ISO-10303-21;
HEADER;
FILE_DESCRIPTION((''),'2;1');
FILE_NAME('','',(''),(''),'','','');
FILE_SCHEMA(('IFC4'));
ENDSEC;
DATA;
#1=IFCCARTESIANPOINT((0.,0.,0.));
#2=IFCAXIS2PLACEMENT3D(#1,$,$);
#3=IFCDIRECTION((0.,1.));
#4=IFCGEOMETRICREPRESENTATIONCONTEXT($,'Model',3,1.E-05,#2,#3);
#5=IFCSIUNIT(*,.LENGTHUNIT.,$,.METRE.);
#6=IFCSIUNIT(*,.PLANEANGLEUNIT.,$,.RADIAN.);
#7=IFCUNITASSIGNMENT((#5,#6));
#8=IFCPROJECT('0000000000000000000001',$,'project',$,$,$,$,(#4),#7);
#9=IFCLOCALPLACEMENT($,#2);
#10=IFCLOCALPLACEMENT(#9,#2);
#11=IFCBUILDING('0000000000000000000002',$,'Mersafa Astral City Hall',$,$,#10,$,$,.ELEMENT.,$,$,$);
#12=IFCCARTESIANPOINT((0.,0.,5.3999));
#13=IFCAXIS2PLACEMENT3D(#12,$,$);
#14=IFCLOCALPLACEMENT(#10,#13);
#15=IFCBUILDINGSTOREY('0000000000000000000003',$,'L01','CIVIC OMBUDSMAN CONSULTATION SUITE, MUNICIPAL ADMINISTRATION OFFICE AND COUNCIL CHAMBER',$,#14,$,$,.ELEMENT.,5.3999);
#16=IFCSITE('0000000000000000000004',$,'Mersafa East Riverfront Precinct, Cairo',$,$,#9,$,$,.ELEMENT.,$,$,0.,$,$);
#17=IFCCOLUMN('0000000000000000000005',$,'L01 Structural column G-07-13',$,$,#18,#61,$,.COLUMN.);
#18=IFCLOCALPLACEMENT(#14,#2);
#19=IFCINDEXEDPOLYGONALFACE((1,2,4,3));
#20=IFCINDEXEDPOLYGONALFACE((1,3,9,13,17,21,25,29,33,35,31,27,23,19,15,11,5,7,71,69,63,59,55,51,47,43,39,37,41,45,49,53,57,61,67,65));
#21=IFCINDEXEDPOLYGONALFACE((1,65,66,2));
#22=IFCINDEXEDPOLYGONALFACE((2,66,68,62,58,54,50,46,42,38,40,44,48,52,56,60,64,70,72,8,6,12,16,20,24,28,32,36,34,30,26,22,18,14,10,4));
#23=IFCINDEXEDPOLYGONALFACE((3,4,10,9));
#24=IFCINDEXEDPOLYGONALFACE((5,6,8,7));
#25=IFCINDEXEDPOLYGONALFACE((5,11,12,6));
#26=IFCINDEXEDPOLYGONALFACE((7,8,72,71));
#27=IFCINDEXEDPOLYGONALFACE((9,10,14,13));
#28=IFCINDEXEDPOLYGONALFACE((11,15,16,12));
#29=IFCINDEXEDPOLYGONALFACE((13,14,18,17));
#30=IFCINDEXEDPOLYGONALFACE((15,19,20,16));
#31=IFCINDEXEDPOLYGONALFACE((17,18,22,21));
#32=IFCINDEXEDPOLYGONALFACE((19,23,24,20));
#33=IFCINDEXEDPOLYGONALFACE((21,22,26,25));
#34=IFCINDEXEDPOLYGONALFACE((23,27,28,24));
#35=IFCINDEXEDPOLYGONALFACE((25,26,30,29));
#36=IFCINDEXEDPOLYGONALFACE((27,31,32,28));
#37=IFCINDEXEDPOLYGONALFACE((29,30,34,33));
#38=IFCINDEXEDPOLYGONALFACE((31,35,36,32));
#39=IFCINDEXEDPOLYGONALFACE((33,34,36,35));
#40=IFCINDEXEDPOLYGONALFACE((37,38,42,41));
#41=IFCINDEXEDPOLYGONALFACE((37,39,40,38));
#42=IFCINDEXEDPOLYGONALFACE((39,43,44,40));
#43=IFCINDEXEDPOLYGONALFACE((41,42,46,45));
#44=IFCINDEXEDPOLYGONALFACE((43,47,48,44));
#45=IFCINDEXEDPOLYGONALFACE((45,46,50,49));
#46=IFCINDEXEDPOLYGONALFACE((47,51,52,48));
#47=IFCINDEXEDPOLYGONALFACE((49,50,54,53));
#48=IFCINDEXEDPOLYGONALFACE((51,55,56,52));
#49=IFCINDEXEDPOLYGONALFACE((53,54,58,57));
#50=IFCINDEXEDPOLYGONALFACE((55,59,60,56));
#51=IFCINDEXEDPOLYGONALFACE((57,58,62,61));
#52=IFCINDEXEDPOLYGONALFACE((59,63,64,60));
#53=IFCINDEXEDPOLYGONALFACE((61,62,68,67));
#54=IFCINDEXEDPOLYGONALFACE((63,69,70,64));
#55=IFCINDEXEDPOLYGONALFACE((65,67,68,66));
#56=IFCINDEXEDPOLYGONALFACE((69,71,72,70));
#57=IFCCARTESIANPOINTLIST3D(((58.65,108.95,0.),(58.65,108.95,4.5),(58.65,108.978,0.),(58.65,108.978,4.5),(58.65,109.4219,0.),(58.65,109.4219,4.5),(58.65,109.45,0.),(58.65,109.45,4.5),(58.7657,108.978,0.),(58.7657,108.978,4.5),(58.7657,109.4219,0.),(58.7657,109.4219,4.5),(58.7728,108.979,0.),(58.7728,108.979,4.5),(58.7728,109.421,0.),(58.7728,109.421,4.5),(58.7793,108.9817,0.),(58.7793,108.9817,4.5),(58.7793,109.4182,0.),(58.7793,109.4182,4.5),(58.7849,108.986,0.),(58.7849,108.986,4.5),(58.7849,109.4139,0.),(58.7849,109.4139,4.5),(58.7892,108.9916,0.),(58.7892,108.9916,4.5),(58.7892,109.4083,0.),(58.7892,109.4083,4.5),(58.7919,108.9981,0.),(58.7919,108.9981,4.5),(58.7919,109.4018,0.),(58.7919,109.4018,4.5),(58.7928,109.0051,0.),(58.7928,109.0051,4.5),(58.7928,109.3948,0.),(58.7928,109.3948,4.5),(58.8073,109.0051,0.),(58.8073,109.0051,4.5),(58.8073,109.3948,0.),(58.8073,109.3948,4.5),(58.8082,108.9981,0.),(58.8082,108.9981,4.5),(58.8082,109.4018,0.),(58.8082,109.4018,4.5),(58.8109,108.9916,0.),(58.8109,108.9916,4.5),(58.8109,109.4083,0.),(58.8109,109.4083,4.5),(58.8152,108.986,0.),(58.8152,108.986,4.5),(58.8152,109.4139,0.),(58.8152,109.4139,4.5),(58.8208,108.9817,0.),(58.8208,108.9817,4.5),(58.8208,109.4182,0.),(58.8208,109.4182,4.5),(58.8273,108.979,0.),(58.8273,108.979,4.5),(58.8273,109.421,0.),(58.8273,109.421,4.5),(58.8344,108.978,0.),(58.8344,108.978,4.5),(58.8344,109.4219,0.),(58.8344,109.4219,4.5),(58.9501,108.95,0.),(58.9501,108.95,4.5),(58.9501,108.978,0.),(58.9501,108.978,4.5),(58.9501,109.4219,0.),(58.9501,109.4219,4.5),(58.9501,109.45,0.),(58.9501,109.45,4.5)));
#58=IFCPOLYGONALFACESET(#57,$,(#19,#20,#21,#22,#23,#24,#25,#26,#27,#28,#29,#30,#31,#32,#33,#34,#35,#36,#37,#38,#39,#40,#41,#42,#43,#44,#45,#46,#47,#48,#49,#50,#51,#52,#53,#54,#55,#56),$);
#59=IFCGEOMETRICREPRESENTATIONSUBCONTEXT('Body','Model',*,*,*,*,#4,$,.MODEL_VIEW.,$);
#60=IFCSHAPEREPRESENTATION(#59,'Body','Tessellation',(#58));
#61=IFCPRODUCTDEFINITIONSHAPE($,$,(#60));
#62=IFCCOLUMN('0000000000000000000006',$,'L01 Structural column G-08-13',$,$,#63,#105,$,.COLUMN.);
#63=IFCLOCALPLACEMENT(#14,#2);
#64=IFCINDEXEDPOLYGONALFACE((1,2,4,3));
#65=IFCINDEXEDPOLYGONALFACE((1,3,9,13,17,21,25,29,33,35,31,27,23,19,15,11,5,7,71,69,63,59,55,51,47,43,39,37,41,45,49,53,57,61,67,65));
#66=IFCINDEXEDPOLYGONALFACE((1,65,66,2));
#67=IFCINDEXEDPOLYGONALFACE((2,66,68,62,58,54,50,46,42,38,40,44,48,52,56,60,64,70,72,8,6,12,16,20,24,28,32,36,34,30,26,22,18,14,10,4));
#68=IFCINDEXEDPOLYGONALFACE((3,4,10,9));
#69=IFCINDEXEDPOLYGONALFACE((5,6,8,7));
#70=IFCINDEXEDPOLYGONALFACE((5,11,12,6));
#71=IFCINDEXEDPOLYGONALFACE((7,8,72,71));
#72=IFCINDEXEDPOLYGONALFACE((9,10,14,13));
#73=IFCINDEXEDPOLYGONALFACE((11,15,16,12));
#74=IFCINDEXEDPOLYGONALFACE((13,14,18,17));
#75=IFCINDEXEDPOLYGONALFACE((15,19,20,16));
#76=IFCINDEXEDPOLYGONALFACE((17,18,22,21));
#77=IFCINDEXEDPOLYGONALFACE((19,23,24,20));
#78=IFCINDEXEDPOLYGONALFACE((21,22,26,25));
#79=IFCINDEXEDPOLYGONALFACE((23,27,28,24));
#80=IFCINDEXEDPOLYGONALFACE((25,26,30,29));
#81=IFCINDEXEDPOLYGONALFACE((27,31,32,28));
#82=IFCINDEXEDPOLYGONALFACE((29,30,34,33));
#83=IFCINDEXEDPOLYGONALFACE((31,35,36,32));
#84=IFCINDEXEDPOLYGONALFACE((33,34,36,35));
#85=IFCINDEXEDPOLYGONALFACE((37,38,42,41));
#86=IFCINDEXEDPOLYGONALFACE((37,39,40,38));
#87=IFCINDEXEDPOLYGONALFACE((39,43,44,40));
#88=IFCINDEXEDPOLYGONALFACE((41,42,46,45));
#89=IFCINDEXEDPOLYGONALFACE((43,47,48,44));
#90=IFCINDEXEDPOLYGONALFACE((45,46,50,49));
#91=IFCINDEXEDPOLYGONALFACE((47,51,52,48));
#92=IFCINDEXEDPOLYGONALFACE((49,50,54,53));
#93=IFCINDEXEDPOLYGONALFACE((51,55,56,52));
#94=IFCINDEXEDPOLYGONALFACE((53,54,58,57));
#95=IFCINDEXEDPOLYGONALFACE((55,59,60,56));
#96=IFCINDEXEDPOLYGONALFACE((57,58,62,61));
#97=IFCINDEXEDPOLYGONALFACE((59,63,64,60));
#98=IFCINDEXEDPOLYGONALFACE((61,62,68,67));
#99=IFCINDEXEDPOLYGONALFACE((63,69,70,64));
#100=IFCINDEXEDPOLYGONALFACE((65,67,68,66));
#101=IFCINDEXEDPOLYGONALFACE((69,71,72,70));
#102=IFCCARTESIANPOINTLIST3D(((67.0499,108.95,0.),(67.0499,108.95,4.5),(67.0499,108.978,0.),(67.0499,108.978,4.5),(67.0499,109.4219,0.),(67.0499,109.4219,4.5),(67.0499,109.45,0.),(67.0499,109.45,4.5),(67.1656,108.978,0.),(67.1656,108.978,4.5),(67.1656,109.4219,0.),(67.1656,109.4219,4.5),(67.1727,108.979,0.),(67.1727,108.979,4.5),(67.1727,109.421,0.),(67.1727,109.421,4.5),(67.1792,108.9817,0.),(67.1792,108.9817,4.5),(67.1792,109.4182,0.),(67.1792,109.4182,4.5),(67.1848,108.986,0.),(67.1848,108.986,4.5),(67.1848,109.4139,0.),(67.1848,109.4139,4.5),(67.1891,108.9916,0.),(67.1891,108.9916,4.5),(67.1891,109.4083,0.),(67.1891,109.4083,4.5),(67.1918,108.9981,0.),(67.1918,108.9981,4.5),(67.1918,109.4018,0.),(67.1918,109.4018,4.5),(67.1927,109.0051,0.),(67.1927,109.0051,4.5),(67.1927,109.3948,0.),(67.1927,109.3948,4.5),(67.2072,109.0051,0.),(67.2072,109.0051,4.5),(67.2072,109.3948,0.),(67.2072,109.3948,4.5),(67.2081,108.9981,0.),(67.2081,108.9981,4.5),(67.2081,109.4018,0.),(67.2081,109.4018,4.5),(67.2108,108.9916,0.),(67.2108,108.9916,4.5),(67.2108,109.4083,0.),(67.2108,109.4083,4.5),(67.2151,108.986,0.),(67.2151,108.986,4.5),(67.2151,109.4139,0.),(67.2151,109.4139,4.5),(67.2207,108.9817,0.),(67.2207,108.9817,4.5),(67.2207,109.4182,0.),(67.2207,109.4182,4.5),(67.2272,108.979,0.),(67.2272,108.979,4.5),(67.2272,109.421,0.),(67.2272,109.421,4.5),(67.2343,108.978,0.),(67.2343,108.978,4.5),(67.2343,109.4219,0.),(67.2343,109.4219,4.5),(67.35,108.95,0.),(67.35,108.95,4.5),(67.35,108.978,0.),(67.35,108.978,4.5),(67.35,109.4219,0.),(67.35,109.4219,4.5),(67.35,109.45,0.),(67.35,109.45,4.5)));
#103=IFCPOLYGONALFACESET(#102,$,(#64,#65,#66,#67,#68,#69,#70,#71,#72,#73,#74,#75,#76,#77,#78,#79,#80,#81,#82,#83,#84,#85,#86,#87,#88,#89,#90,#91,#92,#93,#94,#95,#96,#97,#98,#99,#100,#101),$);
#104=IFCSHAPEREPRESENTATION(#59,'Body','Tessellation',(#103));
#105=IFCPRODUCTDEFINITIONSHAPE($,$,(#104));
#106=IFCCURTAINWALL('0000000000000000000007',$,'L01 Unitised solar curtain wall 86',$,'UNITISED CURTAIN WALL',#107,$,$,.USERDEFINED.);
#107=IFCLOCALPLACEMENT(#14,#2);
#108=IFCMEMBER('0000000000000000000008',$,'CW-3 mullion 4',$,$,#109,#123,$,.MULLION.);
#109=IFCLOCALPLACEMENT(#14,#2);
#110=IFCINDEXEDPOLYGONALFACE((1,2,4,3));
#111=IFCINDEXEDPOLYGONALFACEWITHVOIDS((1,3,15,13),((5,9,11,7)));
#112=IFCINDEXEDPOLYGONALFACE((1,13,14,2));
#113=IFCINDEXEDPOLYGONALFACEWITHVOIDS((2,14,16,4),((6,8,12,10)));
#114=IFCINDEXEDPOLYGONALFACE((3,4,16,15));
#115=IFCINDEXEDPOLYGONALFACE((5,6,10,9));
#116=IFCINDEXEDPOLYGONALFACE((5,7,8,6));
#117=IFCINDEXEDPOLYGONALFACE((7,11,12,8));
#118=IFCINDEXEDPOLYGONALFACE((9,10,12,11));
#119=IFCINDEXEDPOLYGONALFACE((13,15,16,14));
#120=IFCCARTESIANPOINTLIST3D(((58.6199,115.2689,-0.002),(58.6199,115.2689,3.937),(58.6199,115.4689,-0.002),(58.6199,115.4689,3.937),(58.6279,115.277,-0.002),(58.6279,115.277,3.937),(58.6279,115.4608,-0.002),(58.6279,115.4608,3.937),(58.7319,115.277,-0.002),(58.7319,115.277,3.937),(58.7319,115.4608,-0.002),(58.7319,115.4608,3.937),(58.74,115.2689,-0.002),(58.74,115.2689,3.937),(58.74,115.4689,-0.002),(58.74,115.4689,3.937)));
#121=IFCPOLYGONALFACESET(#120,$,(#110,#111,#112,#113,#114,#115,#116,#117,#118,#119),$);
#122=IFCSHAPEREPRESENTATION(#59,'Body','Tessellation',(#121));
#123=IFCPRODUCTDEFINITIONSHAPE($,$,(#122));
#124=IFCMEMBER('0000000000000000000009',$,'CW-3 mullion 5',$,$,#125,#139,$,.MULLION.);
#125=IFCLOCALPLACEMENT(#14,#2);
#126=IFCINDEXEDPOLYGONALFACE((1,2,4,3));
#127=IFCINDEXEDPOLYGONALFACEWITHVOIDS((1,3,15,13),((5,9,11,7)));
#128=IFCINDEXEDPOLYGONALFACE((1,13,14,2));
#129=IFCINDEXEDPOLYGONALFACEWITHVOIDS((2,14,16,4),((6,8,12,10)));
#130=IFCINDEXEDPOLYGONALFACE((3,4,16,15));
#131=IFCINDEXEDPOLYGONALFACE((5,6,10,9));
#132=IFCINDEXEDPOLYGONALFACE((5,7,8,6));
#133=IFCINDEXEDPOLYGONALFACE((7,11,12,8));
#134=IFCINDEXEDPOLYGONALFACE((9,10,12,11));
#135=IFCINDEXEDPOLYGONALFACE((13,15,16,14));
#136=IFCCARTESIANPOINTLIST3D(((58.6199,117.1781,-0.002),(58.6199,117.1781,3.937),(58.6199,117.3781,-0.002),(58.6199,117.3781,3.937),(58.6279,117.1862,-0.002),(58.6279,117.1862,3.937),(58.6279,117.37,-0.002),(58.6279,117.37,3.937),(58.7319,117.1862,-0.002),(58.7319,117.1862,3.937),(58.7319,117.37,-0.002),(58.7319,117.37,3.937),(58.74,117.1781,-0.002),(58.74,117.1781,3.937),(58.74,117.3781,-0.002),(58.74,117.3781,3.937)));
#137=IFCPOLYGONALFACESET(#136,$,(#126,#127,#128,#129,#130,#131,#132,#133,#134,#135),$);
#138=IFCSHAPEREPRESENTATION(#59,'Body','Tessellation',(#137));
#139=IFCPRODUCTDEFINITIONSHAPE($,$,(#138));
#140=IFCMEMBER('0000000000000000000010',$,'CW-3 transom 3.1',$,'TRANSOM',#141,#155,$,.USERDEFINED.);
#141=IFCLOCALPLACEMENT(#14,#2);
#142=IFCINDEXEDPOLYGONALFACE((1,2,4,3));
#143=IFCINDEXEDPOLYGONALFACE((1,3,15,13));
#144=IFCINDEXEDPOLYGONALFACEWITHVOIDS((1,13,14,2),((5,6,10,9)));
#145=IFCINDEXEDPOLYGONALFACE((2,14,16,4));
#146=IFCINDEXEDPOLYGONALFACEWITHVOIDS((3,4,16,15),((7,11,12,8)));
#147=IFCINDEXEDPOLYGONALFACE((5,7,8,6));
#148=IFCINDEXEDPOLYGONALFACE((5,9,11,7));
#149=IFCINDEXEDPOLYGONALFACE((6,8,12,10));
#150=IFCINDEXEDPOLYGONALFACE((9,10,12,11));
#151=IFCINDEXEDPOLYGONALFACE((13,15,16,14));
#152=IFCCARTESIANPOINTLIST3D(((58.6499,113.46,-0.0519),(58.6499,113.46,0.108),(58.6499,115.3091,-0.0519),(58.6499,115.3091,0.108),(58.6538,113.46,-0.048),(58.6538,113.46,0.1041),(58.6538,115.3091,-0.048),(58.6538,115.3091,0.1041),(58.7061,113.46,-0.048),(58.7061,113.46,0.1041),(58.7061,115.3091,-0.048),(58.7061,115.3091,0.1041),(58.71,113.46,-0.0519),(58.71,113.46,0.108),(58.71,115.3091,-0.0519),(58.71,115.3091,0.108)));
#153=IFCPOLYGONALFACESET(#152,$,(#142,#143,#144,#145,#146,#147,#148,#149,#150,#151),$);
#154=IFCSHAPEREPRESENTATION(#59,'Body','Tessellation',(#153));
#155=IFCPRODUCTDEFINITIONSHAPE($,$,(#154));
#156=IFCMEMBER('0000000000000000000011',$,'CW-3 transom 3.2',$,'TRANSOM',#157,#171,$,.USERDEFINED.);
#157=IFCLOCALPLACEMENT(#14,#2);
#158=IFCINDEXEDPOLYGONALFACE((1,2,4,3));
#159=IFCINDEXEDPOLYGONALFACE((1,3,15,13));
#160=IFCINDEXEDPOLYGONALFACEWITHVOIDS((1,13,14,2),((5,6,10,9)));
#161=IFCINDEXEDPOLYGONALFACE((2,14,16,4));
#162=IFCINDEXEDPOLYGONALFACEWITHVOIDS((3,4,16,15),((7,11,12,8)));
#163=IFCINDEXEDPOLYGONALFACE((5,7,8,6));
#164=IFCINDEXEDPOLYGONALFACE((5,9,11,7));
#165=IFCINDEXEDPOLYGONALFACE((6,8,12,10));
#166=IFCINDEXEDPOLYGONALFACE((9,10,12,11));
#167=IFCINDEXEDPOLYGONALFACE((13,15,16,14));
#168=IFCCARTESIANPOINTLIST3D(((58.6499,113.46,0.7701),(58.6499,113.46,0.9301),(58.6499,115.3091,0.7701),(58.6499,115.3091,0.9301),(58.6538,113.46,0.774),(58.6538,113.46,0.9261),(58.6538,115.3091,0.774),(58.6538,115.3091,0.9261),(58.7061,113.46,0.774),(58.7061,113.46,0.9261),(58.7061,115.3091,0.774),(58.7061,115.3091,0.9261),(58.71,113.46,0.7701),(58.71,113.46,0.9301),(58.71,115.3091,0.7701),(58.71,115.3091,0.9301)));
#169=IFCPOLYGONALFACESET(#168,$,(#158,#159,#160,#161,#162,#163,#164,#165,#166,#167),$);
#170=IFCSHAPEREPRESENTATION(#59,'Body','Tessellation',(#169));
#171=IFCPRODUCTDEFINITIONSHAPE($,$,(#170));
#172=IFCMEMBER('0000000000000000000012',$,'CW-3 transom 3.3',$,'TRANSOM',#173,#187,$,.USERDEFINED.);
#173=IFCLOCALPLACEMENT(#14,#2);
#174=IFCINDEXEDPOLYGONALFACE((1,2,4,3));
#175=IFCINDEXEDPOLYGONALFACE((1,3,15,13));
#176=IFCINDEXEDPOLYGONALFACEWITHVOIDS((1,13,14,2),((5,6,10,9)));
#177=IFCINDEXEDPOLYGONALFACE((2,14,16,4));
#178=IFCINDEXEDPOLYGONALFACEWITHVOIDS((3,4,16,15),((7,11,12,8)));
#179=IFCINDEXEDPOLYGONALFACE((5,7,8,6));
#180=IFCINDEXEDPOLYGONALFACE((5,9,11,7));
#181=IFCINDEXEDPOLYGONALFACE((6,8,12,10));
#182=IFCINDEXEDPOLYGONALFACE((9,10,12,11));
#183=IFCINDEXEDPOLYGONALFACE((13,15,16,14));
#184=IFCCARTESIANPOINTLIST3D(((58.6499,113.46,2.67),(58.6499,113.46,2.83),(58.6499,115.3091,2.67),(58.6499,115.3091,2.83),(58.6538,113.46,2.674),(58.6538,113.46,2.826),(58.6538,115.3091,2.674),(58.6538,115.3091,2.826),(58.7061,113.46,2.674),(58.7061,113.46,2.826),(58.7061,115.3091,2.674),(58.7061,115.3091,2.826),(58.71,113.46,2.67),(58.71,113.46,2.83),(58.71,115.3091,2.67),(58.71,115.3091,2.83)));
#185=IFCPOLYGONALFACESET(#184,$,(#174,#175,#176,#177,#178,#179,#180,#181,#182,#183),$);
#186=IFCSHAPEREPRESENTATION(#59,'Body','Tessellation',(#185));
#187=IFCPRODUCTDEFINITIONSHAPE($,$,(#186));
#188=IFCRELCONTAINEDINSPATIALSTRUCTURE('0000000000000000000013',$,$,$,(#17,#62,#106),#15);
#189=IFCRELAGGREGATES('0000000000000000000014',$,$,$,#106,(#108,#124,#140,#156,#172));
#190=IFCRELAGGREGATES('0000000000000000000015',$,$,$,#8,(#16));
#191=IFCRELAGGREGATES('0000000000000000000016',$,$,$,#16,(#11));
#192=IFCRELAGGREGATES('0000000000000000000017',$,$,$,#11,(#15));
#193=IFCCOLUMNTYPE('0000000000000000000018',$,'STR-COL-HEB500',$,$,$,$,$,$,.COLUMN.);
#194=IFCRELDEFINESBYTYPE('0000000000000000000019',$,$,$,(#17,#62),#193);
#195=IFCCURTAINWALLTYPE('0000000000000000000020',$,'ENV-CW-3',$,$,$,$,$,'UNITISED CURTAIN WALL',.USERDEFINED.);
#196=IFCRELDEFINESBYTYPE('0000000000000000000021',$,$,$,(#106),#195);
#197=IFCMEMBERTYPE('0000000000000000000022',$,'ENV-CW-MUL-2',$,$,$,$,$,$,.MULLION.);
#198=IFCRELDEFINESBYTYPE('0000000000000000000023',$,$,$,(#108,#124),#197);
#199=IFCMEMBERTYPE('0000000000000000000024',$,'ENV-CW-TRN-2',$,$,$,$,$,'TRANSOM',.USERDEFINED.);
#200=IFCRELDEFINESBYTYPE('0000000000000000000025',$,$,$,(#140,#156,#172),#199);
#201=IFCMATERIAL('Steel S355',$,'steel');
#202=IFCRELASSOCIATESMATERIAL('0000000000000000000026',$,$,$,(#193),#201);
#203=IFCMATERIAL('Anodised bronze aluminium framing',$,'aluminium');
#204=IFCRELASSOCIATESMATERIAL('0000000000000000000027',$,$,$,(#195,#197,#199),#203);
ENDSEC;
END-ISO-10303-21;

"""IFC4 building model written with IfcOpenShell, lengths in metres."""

from ifc_helpers import new_model, si_unit, direction, frame, origin, origin_2d, place, context, subcontext, project, spatial, hollow_rectangle, i_section, extrude, material, material_profile, profile_set, type_object, element, aggregate, save


model = new_model("IFC4")

# Units and contexts
model_context = context("Model", 3, precision=1e-05, world=origin(), true_north=direction((0.0, 1.0)))
body_context = subcontext(model_context, "Body", "Model", "MODEL_VIEW")
ifc_project = project(units=[si_unit("LENGTHUNIT", "METRE"), si_unit("PLANEANGLEUNIT", "RADIAN")], contexts=[model_context])

# Site, building, storey
site_placement = place(None, origin())
site = spatial("IfcSite", under=ifc_project, at=site_placement, Name="Mersafa East Riverfront Precinct, Cairo", CompositionType="ELEMENT", RefElevation=0.0)
building_placement = place(site_placement, origin())
building = spatial("IfcBuilding", under=site, at=building_placement, Name="Mersafa Astral City Hall", CompositionType="ELEMENT")
storey_placement = place(building_placement, frame((0.0, 0.0, 5.3999)))
storey = spatial("IfcBuildingStorey", under=building, at=storey_placement, Name="L01", Description="CIVIC OMBUDSMAN CONSULTATION SUITE, MUNICIPAL ADMINISTRATION OFFICE AND COUNCIL CHAMBER", CompositionType="ELEMENT", Elevation=5.3999)

# Columns
ifc_material_1 = material(Name="Steel S355", Category="steel")
ifc_material_profile_1 = material_profile(ifc_material_1, i_section(OverallWidth=0.3, OverallDepth=0.5, WebThickness=0.0144, FlangeThickness=0.0281, FilletRadius=0.0271, at=origin_2d()), Name="HEB 500")
ifc_profile_set_1 = profile_set([ifc_material_profile_1], Name="Steel S355")
column_type = type_object("IfcColumnType", Name="STR-COL-HEB500", PredefinedType="COLUMN", material=ifc_profile_set_1)
for number, where, z_axis, x_axis, name in (
    (1, (58.8, 109.2, 0.0), (0.0, 0.0, 1.0), (1.0, 0.0, 0.0), "L01 Structural column G-07-13"),
    (2, (67.2, 109.2, 0.0), (0.0, 0.0, 1.0), (1.0, 0.0, 0.0), "L01 Structural column G-08-13"),
):
    element("IfcColumn", number, at=place(storey_placement, frame(where, z_axis=z_axis, x_axis=x_axis)), inside=storey, type_object=column_type, Name=name, PredefinedType="COLUMN", context=body_context, shape_type="SweptSolid", body=[
        extrude(i_section(OverallWidth=0.3, OverallDepth=0.5, WebThickness=0.0144, FlangeThickness=0.0281, FilletRadius=0.0271, at=origin_2d()), origin(), (0.0, 0.0, 1.0), 4.5),
    ])

# Curtain wall, members
ifc_material_2 = material(Name="Anodised bronze aluminium framing", Category="aluminium")
curtain_wall_type = type_object("IfcCurtainWallType", Name="ENV-CW-3", ElementType="UNITISED CURTAIN WALL", PredefinedType="USERDEFINED", material=ifc_material_2)
curtain_wall_placement = place(storey_placement, origin())
curtain_wall = element("IfcCurtainWall", 3, at=curtain_wall_placement, inside=storey, type_object=curtain_wall_type, Name="L01 Unitised solar curtain wall 86", ObjectType="UNITISED CURTAIN WALL", PredefinedType="USERDEFINED")
ifc_material_profile_2 = material_profile(ifc_material_2, hollow_rectangle(XDim=0.1201, YDim=0.2, WallThickness=0.0081, at=origin_2d()), Name="RHS 120x200x8")
ifc_profile_set_2 = profile_set([ifc_material_profile_2], Name="Anodised bronze aluminium framing")
member_type_1 = type_object("IfcMemberType", Name="ENV-CW-MUL-2", PredefinedType="MULLION", material=ifc_profile_set_2)
member_1_placement = place(storey_placement, frame((58.6799, 115.3689, -0.002), z_axis=(0.0, 0.0, 1.0), x_axis=(-1.0, 0.0, 0.0)))
member_1 = element("IfcMember", 4, at=member_1_placement, type_object=member_type_1, Name="CW-3 mullion 4", PredefinedType="MULLION", context=body_context, shape_type="SweptSolid", body=[
    extrude(hollow_rectangle(XDim=0.1201, YDim=0.2, WallThickness=0.0081, at=origin_2d()), origin(), (0.0, 0.0, 1.0), 3.939),
])
member_2_placement = place(storey_placement, frame((58.6799, 117.2781, -0.002), z_axis=(0.0, 0.0, 1.0), x_axis=(-1.0, 0.0, 0.0)))
member_2 = element("IfcMember", 5, at=member_2_placement, type_object=member_type_1, Name="CW-3 mullion 5", PredefinedType="MULLION", context=body_context, shape_type="SweptSolid", body=[
    extrude(hollow_rectangle(XDim=0.1201, YDim=0.2, WallThickness=0.0081, at=origin_2d()), origin(), (0.0, 0.0, 1.0), 3.939),
])
ifc_material_profile_3 = material_profile(ifc_material_2, hollow_rectangle(XDim=0.0601, YDim=0.1599, WallThickness=0.0039, at=origin_2d()), Name="RHS 60x160x4")
ifc_profile_set_3 = profile_set([ifc_material_profile_3], Name="Anodised bronze aluminium framing")
member_type_2 = type_object("IfcMemberType", Name="ENV-CW-TRN-2", ElementType="TRANSOM", PredefinedType="USERDEFINED", material=ifc_profile_set_3)
member_3_placement = place(storey_placement, frame((58.6799, 113.46, 0.0281), z_axis=(0.0, 1.0, 0.0), x_axis=(-1.0, 0.0, 0.0)))
member_3 = element("IfcMember", 6, at=member_3_placement, type_object=member_type_2, Name="CW-3 transom 3.1", ObjectType="TRANSOM", PredefinedType="USERDEFINED", context=body_context, shape_type="SweptSolid", body=[
    extrude(hollow_rectangle(XDim=0.0601, YDim=0.1599, WallThickness=0.0039, at=origin_2d()), origin(), (0.0, 0.0, 1.0), 1.8491),
])
member_4_placement = place(storey_placement, frame((58.6799, 113.46, 0.8501), z_axis=(0.0, 1.0, 0.0), x_axis=(-1.0, 0.0, 0.0)))
member_4 = element("IfcMember", 7, at=member_4_placement, type_object=member_type_2, Name="CW-3 transom 3.2", ObjectType="TRANSOM", PredefinedType="USERDEFINED", context=body_context, shape_type="SweptSolid", body=[
    extrude(hollow_rectangle(XDim=0.0601, YDim=0.1599, WallThickness=0.0039, at=origin_2d()), origin(), (0.0, 0.0, 1.0), 1.8491),
])
member_5_placement = place(storey_placement, frame((58.6799, 113.46, 2.75), z_axis=(0.0, 1.0, 0.0), x_axis=(-1.0, 0.0, 0.0)))
member_5 = element("IfcMember", 8, at=member_5_placement, type_object=member_type_2, Name="CW-3 transom 3.3", ObjectType="TRANSOM", PredefinedType="USERDEFINED", context=body_context, shape_type="SweptSolid", body=[
    extrude(hollow_rectangle(XDim=0.0601, YDim=0.1599, WallThickness=0.0039, at=origin_2d()), origin(), (0.0, 0.0, 1.0), 1.8491),
])

aggregate(curtain_wall, [member_1, member_2, member_3, member_4, member_5])

save(model, "model.ifc")
